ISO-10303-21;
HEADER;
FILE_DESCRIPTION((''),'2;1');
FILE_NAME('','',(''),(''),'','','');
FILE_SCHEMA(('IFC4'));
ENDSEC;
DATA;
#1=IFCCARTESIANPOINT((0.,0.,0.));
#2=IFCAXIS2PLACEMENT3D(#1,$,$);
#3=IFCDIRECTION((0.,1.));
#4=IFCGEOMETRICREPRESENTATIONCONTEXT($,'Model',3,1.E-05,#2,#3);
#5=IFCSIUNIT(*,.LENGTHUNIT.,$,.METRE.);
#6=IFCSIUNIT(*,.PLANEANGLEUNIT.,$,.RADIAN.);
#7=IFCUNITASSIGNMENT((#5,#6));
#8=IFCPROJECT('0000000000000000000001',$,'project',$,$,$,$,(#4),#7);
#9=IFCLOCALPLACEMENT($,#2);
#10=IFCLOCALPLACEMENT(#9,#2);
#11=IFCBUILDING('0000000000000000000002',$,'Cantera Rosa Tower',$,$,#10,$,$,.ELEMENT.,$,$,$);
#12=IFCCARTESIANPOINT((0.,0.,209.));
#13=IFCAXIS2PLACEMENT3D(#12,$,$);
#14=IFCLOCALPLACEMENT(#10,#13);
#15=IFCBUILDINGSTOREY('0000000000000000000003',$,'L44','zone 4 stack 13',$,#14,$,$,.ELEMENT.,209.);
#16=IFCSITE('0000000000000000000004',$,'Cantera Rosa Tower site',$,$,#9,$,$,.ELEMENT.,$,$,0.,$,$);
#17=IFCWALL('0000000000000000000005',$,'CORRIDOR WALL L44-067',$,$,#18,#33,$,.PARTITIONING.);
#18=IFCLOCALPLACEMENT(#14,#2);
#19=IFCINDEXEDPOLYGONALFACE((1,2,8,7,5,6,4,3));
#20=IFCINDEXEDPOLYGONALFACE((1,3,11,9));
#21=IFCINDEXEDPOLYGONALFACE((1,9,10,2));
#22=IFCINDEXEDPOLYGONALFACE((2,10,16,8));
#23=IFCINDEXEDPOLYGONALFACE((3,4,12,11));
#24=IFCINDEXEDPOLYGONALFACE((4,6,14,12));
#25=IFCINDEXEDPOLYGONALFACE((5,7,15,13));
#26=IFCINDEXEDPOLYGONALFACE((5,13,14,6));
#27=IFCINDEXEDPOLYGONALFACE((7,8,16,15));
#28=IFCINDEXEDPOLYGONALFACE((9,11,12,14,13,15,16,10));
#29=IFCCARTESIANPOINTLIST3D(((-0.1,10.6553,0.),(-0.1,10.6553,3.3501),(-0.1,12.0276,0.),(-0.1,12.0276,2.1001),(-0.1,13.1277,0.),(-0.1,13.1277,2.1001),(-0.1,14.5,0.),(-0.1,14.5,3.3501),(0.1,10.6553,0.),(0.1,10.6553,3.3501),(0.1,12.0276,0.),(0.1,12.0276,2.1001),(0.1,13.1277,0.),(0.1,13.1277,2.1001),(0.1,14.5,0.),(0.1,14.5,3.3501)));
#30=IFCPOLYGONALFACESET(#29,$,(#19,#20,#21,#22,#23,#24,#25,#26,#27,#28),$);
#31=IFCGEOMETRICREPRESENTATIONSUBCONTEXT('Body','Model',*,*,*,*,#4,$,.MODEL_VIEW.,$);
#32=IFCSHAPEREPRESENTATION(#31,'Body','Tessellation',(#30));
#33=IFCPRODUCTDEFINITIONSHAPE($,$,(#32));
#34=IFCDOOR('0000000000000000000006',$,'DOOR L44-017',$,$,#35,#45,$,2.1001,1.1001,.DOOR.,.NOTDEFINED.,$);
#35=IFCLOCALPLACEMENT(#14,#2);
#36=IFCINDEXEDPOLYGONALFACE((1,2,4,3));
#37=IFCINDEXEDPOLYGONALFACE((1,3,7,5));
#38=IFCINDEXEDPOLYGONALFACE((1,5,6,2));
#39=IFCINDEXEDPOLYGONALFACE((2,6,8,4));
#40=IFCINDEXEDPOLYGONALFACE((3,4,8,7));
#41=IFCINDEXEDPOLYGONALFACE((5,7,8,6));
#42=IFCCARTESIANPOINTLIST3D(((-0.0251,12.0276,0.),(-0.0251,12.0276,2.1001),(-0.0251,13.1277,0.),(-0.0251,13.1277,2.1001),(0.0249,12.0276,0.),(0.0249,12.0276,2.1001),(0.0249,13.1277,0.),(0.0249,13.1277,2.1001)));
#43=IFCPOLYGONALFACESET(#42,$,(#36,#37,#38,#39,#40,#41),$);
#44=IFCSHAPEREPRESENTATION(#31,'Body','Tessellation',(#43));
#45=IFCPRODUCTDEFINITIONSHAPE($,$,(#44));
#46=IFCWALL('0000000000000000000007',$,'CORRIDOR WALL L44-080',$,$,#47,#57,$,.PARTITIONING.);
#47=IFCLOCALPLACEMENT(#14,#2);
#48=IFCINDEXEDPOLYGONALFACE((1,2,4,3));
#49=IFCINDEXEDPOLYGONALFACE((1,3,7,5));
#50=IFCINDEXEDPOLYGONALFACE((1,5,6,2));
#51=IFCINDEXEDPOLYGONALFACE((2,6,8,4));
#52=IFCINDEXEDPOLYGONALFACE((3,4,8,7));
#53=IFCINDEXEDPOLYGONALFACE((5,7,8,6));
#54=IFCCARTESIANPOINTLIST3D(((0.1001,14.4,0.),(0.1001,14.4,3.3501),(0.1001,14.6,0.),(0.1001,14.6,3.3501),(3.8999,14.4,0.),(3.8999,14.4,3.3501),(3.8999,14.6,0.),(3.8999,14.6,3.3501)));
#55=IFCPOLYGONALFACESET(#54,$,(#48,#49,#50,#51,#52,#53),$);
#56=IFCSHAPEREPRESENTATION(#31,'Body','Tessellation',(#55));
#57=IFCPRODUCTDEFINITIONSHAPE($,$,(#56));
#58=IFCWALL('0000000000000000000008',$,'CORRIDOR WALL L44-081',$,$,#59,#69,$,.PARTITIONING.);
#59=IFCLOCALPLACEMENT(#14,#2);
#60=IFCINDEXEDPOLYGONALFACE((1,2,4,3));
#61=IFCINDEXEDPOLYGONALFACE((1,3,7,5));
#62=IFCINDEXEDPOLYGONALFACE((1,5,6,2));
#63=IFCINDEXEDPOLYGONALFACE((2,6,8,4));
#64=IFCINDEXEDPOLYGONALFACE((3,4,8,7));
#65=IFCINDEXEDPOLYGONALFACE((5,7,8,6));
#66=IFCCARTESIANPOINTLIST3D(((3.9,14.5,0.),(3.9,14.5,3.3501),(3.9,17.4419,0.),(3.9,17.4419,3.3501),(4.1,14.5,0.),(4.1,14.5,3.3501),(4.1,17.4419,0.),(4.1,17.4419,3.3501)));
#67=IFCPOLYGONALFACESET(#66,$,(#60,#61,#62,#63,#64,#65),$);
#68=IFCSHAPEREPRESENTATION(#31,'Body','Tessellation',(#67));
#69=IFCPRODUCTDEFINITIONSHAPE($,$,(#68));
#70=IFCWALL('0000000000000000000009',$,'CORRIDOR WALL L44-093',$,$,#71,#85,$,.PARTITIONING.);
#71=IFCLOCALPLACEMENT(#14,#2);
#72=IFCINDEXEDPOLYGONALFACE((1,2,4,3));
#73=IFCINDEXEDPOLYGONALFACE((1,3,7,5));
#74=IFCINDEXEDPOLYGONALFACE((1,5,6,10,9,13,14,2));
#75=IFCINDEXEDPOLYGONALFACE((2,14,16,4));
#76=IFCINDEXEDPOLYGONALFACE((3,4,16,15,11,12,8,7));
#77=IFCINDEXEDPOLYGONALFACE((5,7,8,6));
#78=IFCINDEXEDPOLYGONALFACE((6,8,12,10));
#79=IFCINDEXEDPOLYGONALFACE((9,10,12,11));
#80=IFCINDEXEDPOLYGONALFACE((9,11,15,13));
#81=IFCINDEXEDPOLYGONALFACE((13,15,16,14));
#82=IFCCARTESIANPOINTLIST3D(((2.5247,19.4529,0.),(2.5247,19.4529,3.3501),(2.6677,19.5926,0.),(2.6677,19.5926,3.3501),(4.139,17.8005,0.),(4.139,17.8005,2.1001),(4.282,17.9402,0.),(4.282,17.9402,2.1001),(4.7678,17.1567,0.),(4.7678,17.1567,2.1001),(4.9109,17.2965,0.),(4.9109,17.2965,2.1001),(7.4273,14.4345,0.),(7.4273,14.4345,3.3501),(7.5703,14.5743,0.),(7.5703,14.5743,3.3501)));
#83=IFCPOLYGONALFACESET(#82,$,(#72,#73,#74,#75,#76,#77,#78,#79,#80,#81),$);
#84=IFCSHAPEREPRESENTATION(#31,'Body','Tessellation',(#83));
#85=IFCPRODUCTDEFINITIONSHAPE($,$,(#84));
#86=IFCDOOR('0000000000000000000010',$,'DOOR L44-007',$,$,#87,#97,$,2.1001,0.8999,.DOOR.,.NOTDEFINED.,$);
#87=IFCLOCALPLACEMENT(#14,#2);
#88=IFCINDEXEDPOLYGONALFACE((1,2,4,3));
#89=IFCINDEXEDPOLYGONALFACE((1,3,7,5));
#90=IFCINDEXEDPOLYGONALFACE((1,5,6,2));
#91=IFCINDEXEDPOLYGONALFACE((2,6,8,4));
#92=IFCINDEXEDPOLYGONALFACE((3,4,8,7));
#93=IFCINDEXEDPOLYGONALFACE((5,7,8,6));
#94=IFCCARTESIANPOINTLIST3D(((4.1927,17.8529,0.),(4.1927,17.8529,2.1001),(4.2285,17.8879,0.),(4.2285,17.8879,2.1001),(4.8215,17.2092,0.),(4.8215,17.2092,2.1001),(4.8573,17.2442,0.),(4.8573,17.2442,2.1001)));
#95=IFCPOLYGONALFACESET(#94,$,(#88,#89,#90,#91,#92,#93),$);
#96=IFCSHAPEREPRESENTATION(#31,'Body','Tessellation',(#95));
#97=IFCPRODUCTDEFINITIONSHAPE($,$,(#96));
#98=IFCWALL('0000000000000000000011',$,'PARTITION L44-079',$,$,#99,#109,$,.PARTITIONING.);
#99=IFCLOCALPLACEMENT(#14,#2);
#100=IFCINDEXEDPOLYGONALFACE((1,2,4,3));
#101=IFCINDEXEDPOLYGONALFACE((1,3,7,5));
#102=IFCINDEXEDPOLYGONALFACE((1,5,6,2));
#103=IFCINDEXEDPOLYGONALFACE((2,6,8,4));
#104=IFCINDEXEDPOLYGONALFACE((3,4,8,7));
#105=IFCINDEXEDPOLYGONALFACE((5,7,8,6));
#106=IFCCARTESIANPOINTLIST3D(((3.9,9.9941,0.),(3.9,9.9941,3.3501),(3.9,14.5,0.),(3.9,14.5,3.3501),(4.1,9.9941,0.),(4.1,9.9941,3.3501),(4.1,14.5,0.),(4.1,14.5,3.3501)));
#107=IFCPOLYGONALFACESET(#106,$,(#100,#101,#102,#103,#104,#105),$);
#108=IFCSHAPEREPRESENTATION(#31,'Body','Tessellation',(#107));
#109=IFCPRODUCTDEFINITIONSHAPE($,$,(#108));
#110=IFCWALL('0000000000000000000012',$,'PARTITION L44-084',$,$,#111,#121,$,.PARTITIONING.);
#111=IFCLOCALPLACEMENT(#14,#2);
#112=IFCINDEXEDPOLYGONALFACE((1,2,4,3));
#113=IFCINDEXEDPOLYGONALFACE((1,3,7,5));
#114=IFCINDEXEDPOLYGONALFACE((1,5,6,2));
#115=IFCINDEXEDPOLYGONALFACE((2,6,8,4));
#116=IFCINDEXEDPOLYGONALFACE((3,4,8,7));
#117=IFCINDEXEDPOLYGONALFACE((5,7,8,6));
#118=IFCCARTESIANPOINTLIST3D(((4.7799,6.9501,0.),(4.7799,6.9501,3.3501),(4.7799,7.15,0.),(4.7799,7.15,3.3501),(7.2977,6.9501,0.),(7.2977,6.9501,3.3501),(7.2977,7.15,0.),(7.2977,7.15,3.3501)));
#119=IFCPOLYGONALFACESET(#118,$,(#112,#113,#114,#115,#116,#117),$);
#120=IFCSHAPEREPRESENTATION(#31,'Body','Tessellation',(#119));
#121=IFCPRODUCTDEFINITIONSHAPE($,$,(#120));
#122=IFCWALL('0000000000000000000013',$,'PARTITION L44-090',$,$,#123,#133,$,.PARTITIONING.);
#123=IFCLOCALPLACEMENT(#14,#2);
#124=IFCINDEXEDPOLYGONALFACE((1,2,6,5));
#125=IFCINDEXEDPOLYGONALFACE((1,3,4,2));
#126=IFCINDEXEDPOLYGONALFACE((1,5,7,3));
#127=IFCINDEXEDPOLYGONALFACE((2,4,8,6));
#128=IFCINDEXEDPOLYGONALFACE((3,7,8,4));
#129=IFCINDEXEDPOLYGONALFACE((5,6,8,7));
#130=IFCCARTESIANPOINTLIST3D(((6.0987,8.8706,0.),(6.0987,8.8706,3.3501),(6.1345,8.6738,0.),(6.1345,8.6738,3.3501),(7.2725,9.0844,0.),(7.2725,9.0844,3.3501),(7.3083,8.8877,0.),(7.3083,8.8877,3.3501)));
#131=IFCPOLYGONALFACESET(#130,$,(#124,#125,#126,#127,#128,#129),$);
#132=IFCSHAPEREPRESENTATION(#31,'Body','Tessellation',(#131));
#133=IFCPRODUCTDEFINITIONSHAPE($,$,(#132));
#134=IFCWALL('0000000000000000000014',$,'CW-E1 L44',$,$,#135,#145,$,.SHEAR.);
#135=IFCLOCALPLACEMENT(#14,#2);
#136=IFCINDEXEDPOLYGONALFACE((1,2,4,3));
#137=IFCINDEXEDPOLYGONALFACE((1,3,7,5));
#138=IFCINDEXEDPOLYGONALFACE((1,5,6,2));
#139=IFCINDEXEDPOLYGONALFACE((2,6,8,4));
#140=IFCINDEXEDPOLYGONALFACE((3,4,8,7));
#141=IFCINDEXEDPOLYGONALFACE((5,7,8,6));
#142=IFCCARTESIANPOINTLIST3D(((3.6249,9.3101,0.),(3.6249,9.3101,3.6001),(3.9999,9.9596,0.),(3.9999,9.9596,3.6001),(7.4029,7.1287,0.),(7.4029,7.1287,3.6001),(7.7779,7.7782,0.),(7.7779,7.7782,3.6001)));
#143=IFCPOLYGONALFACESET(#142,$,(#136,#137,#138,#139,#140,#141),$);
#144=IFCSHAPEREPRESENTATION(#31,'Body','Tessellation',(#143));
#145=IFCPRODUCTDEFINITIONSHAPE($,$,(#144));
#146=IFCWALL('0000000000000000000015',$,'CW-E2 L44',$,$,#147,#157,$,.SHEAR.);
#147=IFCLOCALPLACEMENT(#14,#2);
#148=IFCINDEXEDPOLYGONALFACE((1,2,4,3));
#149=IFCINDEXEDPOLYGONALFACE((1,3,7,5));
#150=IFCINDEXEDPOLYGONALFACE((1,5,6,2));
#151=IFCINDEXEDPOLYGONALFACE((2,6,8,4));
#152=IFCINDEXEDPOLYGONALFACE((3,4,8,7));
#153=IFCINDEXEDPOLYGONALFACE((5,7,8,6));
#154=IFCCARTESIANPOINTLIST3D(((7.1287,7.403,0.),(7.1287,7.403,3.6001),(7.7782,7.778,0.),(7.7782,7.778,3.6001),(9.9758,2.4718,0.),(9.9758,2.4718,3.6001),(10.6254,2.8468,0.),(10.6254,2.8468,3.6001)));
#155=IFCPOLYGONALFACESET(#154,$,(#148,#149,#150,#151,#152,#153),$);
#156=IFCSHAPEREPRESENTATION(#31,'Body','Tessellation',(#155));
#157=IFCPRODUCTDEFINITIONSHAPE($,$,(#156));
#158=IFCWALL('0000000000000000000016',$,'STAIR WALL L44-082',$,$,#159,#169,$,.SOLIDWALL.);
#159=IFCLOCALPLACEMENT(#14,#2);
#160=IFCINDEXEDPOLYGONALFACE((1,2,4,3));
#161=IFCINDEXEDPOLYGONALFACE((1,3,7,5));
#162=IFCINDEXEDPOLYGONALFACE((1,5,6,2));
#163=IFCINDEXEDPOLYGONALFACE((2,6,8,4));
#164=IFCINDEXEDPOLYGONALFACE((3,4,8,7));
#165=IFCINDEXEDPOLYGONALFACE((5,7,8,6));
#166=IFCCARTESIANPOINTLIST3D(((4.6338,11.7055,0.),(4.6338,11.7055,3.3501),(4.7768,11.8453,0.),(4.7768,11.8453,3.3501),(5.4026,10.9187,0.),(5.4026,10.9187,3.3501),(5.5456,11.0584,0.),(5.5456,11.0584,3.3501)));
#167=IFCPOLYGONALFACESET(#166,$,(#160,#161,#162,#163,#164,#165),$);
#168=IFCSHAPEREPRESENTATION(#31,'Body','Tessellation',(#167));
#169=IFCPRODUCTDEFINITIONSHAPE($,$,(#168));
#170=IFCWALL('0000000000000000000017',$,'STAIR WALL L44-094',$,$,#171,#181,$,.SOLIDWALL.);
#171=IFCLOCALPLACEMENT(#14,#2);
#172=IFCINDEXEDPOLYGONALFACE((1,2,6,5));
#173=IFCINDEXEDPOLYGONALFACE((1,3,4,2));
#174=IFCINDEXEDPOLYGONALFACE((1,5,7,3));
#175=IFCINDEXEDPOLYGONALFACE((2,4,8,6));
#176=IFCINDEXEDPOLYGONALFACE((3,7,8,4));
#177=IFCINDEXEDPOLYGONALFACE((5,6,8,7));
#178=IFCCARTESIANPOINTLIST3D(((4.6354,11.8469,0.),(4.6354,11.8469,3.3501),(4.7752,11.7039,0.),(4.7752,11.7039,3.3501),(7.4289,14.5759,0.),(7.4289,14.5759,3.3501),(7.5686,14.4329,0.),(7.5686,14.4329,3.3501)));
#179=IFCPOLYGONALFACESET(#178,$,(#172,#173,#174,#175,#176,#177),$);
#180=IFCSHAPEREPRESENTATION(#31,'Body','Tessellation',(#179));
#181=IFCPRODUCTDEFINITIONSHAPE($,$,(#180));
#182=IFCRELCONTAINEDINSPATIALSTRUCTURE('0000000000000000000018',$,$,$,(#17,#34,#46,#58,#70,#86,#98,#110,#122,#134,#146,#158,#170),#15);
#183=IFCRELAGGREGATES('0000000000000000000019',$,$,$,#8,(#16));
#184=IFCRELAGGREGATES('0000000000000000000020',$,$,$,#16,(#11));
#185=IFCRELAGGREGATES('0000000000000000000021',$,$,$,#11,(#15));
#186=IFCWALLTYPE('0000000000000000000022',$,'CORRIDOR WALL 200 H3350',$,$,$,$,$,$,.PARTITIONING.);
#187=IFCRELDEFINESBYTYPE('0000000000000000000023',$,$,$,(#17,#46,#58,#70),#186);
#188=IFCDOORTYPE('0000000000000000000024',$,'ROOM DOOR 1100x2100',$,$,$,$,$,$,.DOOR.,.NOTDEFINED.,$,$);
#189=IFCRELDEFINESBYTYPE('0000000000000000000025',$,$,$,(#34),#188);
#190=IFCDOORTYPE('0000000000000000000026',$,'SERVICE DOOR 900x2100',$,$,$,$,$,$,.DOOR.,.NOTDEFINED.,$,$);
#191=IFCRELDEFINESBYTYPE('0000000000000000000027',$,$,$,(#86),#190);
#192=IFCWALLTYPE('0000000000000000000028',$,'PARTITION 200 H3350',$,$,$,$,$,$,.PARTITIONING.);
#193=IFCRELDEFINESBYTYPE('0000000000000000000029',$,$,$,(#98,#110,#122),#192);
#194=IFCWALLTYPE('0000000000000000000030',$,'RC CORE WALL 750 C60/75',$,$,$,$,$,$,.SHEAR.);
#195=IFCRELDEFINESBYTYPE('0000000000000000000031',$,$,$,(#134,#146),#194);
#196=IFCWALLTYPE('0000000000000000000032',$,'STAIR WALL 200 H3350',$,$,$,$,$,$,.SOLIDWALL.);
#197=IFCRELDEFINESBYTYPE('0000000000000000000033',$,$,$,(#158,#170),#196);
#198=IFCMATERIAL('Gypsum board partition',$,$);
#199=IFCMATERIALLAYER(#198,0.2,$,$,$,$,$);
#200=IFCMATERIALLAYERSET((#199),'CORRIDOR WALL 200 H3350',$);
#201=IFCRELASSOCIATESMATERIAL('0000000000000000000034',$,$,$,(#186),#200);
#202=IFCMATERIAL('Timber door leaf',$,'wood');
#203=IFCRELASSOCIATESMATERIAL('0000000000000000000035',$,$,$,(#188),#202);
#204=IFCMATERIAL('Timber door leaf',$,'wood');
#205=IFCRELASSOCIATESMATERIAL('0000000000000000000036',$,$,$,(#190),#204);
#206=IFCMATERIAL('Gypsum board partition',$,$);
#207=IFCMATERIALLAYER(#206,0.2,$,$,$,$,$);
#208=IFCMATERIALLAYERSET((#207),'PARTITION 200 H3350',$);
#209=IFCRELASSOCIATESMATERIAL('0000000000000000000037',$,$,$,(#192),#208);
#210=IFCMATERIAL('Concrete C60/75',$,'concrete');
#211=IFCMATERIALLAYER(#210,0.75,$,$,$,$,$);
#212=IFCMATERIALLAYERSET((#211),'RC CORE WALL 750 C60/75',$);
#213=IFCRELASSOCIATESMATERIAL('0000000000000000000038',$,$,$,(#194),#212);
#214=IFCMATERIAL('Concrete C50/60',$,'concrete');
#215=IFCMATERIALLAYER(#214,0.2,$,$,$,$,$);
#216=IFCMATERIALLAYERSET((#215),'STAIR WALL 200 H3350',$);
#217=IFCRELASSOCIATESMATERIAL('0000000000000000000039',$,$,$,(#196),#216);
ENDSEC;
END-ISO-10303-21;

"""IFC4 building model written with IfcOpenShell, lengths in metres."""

from ifc_helpers import new_model, si_unit, direction, frame, frame_2d, origin, place, context, subcontext, project, spatial, rectangle, extrude, material, layer, layer_set, type_object, element, fill, save


model = new_model("IFC4")

# Units and contexts
model_context = context("Model", 3, precision=1e-05, world=origin(), true_north=direction((0.0, 1.0)))
body_context = subcontext(model_context, "Body", "Model", "MODEL_VIEW")
ifc_project = project(units=[si_unit("LENGTHUNIT", "METRE"), si_unit("PLANEANGLEUNIT", "RADIAN")], contexts=[model_context])

# Site, building, storey
site_placement = place(None, origin())
site = spatial("IfcSite", under=ifc_project, at=site_placement, Name="Cantera Rosa Tower site", CompositionType="ELEMENT", RefElevation=0.0)
building_placement = place(site_placement, origin())
building = spatial("IfcBuilding", under=site, at=building_placement, Name="Cantera Rosa Tower", CompositionType="ELEMENT")
storey_placement = place(building_placement, frame((0.0, 0.0, 209.0)))
storey = spatial("IfcBuildingStorey", under=building, at=storey_placement, Name="L44", Description="zone 4 stack 13", CompositionType="ELEMENT", Elevation=209.0)

# Shared definitions
ifc_material_1 = material(Name="Gypsum board partition")
ifc_layer_1 = layer(ifc_material_1, 0.2)
ifc_layer_set_1 = layer_set([ifc_layer_1], Name="CORRIDOR WALL 200 H3350")
wall_type_1 = type_object("IfcWallType", Name="CORRIDOR WALL 200 H3350", PredefinedType="PARTITIONING", material=ifc_layer_set_1)

# Wall, opening, door
wall_1_placement = place(storey_placement, frame((0.0, 14.5, 0.0), z_axis=(0.0, 0.0, 1.0), x_axis=(0.0, -1.0, 0.0)))
wall_1 = element("IfcWall", 1, at=wall_1_placement, inside=storey, type_object=wall_type_1, Name="CORRIDOR WALL L44-067", PredefinedType="PARTITIONING", context=body_context, shape_type="SweptSolid", body=[
    extrude(rectangle(XDim=3.8447, YDim=0.2, at=frame_2d((1.9224, 0.0))), origin(), (0.0, 0.0, 1.0), 3.3501),
])
opening_1_placement = place(wall_1_placement, frame((1.3723, 0.0, 0.0)))
opening_1 = element("IfcOpeningElement", 2, at=opening_1_placement, cuts=wall_1, PredefinedType="OPENING", context=body_context, shape_type="SweptSolid", body=[
    extrude(rectangle(XDim=1.1001, YDim=2.1001, at=frame_2d((0.55, 1.05))), frame((0.0, 0.1099, 0.0), z_axis=(0.0, -1.0, 0.0), x_axis=(1.0, 0.0, 0.0)), (0.0, 0.0, 1.0), 0.22),
])
ifc_material_2 = material(Name="Timber door leaf", Category="wood")
door_type_1 = type_object("IfcDoorType", Name="ROOM DOOR 1100x2100", OperationType="NOTDEFINED", PredefinedType="DOOR", material=ifc_material_2)
door_1_placement = place(opening_1_placement, origin())
door_1 = element("IfcDoor", 3, at=door_1_placement, inside=storey, type_object=door_type_1, Name="DOOR L44-017", OperationType="NOTDEFINED", OverallHeight=2.1001, OverallWidth=1.1001, PredefinedType="DOOR", context=body_context, shape_type="SweptSolid", body=[
    extrude(rectangle(XDim=1.1001, YDim=2.1001, at=frame_2d((0.55, 1.05))), frame((0.0, 0.0249, 0.0), z_axis=(0.0, -1.0, 0.0), x_axis=(1.0, 0.0, 0.0)), (0.0, 0.0, 1.0), 0.05),
])
fill(opening_1, door_1)

# Walls
wall_2_placement = place(storey_placement, frame((3.8999, 14.5, 0.0), z_axis=(0.0, 0.0, 1.0), x_axis=(-1.0, 0.0, 0.0)))
element("IfcWall", 4, at=wall_2_placement, inside=storey, type_object=wall_type_1, Name="CORRIDOR WALL L44-080", PredefinedType="PARTITIONING", context=body_context, shape_type="SweptSolid", body=[
    extrude(rectangle(XDim=3.7998, YDim=0.2, at=frame_2d((1.8999, 0.0))), origin(), (0.0, 0.0, 1.0), 3.3501),
])
wall_3_placement = place(storey_placement, frame((4.0, 14.5, 0.0), z_axis=(0.0, 0.0, 1.0), x_axis=(0.0, 1.0, 0.0)))
element("IfcWall", 5, at=wall_3_placement, inside=storey, type_object=wall_type_1, Name="CORRIDOR WALL L44-081", PredefinedType="PARTITIONING", context=body_context, shape_type="SweptSolid", body=[
    extrude(rectangle(XDim=2.9419, YDim=0.2, at=frame_2d((1.4709, 0.0))), origin(), (0.0, 0.0, 1.0), 3.3501),
])

# Wall, opening, door
wall_4_placement = place(storey_placement, frame((7.4988, 14.5044, 0.0), z_axis=(0.0, 0.0, 1.0), x_axis=(-0.698811, 0.715306, 0.0)))
wall_4 = element("IfcWall", 6, at=wall_4_placement, inside=storey, type_object=wall_type_1, Name="CORRIDOR WALL L44-093", PredefinedType="PARTITIONING", context=body_context, shape_type="SweptSolid", body=[
    extrude(rectangle(XDim=7.0156, YDim=0.2, at=frame_2d((3.5078, 0.0))), origin(), (0.0, 0.0, 1.0), 3.3501),
])
opening_2_placement = place(wall_4_placement, frame((3.8057, 0.0, 0.0)))
opening_2 = element("IfcOpeningElement", 7, at=opening_2_placement, cuts=wall_4, PredefinedType="OPENING", context=body_context, shape_type="SweptSolid", body=[
    extrude(rectangle(XDim=0.8999, YDim=2.1001, at=frame_2d((0.45, 1.05))), frame((0.0, 0.1099, 0.0), z_axis=(0.0, -1.0, 0.0), x_axis=(1.0, 0.0, 0.0)), (0.0, 0.0, 1.0), 0.22),
])
ifc_material_3 = material(Name="Timber door leaf", Category="wood")
door_type_2 = type_object("IfcDoorType", Name="SERVICE DOOR 900x2100", OperationType="NOTDEFINED", PredefinedType="DOOR", material=ifc_material_3)
door_2_placement = place(opening_2_placement, origin())
door_2 = element("IfcDoor", 8, at=door_2_placement, inside=storey, type_object=door_type_2, Name="DOOR L44-007", OperationType="NOTDEFINED", OverallHeight=2.1001, OverallWidth=0.8999, PredefinedType="DOOR", context=body_context, shape_type="SweptSolid", body=[
    extrude(rectangle(XDim=0.8999, YDim=2.1001, at=frame_2d((0.45, 1.05))), frame((0.0, 0.0249, 0.0), z_axis=(0.0, -1.0, 0.0), x_axis=(1.0, 0.0, 0.0)), (0.0, 0.0, 1.0), 0.05),
])
fill(opening_2, door_2)

# Walls
ifc_material_4 = material(Name="Gypsum board partition")
ifc_layer_2 = layer(ifc_material_4, 0.2)
ifc_layer_set_2 = layer_set([ifc_layer_2], Name="PARTITION 200 H3350")
wall_type_2 = type_object("IfcWallType", Name="PARTITION 200 H3350", PredefinedType="PARTITIONING", material=ifc_layer_set_2)
wall_5_placement = place(storey_placement, frame((4.0, 9.9941, 0.0), z_axis=(0.0, 0.0, 1.0), x_axis=(0.0, 1.0, 0.0)))
element("IfcWall", 9, at=wall_5_placement, inside=storey, type_object=wall_type_2, Name="PARTITION L44-079", PredefinedType="PARTITIONING", context=body_context, shape_type="SweptSolid", body=[
    extrude(rectangle(XDim=4.5059, YDim=0.2, at=frame_2d((2.2529, 0.0))), origin(), (0.0, 0.0, 1.0), 3.3501),
])
wall_6_placement = place(storey_placement, frame((4.78, 7.05, 0.0), z_axis=(0.0, 0.0, 1.0), x_axis=(1.0, 0.0, 0.0)))
element("IfcWall", 10, at=wall_6_placement, inside=storey, type_object=wall_type_2, Name="PARTITION L44-084", PredefinedType="PARTITIONING", context=body_context, shape_type="SweptSolid", body=[
    extrude(rectangle(XDim=2.5178, YDim=0.2, at=frame_2d((1.2588, 0.0))), origin(), (0.0, 0.0, 1.0), 3.3501),
])
wall_7_placement = place(storey_placement, frame((7.2905, 8.9861, 0.0), z_axis=(0.0, 0.0, 1.0), x_axis=(-0.983804, -0.179246, 0.0)))
element("IfcWall", 11, at=wall_7_placement, inside=storey, type_object=wall_type_2, Name="PARTITION L44-090", PredefinedType="PARTITIONING", context=body_context, shape_type="SweptSolid", body=[
    extrude(rectangle(XDim=1.1931, YDim=0.2, at=frame_2d((0.5967, 0.0))), origin(), (0.0, 0.0, 1.0), 3.3501),
])
ifc_material_5 = material(Name="Concrete C60/75", Category="concrete")
ifc_layer_3 = layer(ifc_material_5, 0.75)
ifc_layer_set_3 = layer_set([ifc_layer_3], Name="RC CORE WALL 750 C60/75")
wall_type_3 = type_object("IfcWallType", Name="RC CORE WALL 750 C60/75", PredefinedType="SHEAR", material=ifc_layer_set_3)
wall_8_placement = place(storey_placement, frame((3.8125, 9.6348, 0.0), z_axis=(0.0, 0.0, 1.0), x_axis=(0.866013, -0.500021, 0.0)))
element("IfcWall", 12, at=wall_8_placement, inside=storey, type_object=wall_type_3, Name="CW-E1 L44", PredefinedType="SHEAR", context=body_context, shape_type="SweptSolid", body=[
    extrude(rectangle(XDim=4.3625, YDim=0.75, at=frame_2d((2.1812, 0.0))), origin(), (0.0, 0.0, 1.0), 3.6001),
])
wall_9_placement = place(storey_placement, frame((7.4534, 7.5906, 0.0), z_axis=(0.0, 0.0, 1.0), x_axis=(0.500022, -0.866013, 0.0)))
element("IfcWall", 13, at=wall_9_placement, inside=storey, type_object=wall_type_3, Name="CW-E2 L44", PredefinedType="SHEAR", context=body_context, shape_type="SweptSolid", body=[
    extrude(rectangle(XDim=5.6941, YDim=0.75, at=frame_2d((2.8472, 0.0))), origin(), (0.0, 0.0, 1.0), 3.6001),
])
ifc_material_6 = material(Name="Concrete C50/60", Category="concrete")
ifc_layer_4 = layer(ifc_material_6, 0.2)
ifc_layer_set_4 = layer_set([ifc_layer_4], Name="STAIR WALL 200 H3350")
wall_type_4 = type_object("IfcWallType", Name="STAIR WALL 200 H3350", PredefinedType="SOLIDWALL", material=ifc_layer_set_4)
wall_10_placement = place(storey_placement, frame((4.7053, 11.7754, 0.0), z_axis=(0.0, 0.0, 1.0), x_axis=(0.698848, -0.71527, 0.0)))
element("IfcWall", 14, at=wall_10_placement, inside=storey, type_object=wall_type_4, Name="STAIR WALL L44-082", PredefinedType="SOLIDWALL", context=body_context, shape_type="SweptSolid", body=[
    extrude(rectangle(XDim=1.1001, YDim=0.2, at=frame_2d((0.55, 0.0))), origin(), (0.0, 0.0, 1.0), 3.3501),
])
wall_11_placement = place(storey_placement, frame((7.4988, 14.5044, 0.0), z_axis=(0.0, 0.0, 1.0), x_axis=(-0.715311, -0.698806, 0.0)))
element("IfcWall", 15, at=wall_11_placement, inside=storey, type_object=wall_type_4, Name="STAIR WALL L44-094", PredefinedType="SOLIDWALL", context=body_context, shape_type="SweptSolid", body=[
    extrude(rectangle(XDim=3.9053, YDim=0.2, at=frame_2d((1.9526, 0.0))), origin(), (0.0, 0.0, 1.0), 3.3501),
])

save(model, "model.ifc")
